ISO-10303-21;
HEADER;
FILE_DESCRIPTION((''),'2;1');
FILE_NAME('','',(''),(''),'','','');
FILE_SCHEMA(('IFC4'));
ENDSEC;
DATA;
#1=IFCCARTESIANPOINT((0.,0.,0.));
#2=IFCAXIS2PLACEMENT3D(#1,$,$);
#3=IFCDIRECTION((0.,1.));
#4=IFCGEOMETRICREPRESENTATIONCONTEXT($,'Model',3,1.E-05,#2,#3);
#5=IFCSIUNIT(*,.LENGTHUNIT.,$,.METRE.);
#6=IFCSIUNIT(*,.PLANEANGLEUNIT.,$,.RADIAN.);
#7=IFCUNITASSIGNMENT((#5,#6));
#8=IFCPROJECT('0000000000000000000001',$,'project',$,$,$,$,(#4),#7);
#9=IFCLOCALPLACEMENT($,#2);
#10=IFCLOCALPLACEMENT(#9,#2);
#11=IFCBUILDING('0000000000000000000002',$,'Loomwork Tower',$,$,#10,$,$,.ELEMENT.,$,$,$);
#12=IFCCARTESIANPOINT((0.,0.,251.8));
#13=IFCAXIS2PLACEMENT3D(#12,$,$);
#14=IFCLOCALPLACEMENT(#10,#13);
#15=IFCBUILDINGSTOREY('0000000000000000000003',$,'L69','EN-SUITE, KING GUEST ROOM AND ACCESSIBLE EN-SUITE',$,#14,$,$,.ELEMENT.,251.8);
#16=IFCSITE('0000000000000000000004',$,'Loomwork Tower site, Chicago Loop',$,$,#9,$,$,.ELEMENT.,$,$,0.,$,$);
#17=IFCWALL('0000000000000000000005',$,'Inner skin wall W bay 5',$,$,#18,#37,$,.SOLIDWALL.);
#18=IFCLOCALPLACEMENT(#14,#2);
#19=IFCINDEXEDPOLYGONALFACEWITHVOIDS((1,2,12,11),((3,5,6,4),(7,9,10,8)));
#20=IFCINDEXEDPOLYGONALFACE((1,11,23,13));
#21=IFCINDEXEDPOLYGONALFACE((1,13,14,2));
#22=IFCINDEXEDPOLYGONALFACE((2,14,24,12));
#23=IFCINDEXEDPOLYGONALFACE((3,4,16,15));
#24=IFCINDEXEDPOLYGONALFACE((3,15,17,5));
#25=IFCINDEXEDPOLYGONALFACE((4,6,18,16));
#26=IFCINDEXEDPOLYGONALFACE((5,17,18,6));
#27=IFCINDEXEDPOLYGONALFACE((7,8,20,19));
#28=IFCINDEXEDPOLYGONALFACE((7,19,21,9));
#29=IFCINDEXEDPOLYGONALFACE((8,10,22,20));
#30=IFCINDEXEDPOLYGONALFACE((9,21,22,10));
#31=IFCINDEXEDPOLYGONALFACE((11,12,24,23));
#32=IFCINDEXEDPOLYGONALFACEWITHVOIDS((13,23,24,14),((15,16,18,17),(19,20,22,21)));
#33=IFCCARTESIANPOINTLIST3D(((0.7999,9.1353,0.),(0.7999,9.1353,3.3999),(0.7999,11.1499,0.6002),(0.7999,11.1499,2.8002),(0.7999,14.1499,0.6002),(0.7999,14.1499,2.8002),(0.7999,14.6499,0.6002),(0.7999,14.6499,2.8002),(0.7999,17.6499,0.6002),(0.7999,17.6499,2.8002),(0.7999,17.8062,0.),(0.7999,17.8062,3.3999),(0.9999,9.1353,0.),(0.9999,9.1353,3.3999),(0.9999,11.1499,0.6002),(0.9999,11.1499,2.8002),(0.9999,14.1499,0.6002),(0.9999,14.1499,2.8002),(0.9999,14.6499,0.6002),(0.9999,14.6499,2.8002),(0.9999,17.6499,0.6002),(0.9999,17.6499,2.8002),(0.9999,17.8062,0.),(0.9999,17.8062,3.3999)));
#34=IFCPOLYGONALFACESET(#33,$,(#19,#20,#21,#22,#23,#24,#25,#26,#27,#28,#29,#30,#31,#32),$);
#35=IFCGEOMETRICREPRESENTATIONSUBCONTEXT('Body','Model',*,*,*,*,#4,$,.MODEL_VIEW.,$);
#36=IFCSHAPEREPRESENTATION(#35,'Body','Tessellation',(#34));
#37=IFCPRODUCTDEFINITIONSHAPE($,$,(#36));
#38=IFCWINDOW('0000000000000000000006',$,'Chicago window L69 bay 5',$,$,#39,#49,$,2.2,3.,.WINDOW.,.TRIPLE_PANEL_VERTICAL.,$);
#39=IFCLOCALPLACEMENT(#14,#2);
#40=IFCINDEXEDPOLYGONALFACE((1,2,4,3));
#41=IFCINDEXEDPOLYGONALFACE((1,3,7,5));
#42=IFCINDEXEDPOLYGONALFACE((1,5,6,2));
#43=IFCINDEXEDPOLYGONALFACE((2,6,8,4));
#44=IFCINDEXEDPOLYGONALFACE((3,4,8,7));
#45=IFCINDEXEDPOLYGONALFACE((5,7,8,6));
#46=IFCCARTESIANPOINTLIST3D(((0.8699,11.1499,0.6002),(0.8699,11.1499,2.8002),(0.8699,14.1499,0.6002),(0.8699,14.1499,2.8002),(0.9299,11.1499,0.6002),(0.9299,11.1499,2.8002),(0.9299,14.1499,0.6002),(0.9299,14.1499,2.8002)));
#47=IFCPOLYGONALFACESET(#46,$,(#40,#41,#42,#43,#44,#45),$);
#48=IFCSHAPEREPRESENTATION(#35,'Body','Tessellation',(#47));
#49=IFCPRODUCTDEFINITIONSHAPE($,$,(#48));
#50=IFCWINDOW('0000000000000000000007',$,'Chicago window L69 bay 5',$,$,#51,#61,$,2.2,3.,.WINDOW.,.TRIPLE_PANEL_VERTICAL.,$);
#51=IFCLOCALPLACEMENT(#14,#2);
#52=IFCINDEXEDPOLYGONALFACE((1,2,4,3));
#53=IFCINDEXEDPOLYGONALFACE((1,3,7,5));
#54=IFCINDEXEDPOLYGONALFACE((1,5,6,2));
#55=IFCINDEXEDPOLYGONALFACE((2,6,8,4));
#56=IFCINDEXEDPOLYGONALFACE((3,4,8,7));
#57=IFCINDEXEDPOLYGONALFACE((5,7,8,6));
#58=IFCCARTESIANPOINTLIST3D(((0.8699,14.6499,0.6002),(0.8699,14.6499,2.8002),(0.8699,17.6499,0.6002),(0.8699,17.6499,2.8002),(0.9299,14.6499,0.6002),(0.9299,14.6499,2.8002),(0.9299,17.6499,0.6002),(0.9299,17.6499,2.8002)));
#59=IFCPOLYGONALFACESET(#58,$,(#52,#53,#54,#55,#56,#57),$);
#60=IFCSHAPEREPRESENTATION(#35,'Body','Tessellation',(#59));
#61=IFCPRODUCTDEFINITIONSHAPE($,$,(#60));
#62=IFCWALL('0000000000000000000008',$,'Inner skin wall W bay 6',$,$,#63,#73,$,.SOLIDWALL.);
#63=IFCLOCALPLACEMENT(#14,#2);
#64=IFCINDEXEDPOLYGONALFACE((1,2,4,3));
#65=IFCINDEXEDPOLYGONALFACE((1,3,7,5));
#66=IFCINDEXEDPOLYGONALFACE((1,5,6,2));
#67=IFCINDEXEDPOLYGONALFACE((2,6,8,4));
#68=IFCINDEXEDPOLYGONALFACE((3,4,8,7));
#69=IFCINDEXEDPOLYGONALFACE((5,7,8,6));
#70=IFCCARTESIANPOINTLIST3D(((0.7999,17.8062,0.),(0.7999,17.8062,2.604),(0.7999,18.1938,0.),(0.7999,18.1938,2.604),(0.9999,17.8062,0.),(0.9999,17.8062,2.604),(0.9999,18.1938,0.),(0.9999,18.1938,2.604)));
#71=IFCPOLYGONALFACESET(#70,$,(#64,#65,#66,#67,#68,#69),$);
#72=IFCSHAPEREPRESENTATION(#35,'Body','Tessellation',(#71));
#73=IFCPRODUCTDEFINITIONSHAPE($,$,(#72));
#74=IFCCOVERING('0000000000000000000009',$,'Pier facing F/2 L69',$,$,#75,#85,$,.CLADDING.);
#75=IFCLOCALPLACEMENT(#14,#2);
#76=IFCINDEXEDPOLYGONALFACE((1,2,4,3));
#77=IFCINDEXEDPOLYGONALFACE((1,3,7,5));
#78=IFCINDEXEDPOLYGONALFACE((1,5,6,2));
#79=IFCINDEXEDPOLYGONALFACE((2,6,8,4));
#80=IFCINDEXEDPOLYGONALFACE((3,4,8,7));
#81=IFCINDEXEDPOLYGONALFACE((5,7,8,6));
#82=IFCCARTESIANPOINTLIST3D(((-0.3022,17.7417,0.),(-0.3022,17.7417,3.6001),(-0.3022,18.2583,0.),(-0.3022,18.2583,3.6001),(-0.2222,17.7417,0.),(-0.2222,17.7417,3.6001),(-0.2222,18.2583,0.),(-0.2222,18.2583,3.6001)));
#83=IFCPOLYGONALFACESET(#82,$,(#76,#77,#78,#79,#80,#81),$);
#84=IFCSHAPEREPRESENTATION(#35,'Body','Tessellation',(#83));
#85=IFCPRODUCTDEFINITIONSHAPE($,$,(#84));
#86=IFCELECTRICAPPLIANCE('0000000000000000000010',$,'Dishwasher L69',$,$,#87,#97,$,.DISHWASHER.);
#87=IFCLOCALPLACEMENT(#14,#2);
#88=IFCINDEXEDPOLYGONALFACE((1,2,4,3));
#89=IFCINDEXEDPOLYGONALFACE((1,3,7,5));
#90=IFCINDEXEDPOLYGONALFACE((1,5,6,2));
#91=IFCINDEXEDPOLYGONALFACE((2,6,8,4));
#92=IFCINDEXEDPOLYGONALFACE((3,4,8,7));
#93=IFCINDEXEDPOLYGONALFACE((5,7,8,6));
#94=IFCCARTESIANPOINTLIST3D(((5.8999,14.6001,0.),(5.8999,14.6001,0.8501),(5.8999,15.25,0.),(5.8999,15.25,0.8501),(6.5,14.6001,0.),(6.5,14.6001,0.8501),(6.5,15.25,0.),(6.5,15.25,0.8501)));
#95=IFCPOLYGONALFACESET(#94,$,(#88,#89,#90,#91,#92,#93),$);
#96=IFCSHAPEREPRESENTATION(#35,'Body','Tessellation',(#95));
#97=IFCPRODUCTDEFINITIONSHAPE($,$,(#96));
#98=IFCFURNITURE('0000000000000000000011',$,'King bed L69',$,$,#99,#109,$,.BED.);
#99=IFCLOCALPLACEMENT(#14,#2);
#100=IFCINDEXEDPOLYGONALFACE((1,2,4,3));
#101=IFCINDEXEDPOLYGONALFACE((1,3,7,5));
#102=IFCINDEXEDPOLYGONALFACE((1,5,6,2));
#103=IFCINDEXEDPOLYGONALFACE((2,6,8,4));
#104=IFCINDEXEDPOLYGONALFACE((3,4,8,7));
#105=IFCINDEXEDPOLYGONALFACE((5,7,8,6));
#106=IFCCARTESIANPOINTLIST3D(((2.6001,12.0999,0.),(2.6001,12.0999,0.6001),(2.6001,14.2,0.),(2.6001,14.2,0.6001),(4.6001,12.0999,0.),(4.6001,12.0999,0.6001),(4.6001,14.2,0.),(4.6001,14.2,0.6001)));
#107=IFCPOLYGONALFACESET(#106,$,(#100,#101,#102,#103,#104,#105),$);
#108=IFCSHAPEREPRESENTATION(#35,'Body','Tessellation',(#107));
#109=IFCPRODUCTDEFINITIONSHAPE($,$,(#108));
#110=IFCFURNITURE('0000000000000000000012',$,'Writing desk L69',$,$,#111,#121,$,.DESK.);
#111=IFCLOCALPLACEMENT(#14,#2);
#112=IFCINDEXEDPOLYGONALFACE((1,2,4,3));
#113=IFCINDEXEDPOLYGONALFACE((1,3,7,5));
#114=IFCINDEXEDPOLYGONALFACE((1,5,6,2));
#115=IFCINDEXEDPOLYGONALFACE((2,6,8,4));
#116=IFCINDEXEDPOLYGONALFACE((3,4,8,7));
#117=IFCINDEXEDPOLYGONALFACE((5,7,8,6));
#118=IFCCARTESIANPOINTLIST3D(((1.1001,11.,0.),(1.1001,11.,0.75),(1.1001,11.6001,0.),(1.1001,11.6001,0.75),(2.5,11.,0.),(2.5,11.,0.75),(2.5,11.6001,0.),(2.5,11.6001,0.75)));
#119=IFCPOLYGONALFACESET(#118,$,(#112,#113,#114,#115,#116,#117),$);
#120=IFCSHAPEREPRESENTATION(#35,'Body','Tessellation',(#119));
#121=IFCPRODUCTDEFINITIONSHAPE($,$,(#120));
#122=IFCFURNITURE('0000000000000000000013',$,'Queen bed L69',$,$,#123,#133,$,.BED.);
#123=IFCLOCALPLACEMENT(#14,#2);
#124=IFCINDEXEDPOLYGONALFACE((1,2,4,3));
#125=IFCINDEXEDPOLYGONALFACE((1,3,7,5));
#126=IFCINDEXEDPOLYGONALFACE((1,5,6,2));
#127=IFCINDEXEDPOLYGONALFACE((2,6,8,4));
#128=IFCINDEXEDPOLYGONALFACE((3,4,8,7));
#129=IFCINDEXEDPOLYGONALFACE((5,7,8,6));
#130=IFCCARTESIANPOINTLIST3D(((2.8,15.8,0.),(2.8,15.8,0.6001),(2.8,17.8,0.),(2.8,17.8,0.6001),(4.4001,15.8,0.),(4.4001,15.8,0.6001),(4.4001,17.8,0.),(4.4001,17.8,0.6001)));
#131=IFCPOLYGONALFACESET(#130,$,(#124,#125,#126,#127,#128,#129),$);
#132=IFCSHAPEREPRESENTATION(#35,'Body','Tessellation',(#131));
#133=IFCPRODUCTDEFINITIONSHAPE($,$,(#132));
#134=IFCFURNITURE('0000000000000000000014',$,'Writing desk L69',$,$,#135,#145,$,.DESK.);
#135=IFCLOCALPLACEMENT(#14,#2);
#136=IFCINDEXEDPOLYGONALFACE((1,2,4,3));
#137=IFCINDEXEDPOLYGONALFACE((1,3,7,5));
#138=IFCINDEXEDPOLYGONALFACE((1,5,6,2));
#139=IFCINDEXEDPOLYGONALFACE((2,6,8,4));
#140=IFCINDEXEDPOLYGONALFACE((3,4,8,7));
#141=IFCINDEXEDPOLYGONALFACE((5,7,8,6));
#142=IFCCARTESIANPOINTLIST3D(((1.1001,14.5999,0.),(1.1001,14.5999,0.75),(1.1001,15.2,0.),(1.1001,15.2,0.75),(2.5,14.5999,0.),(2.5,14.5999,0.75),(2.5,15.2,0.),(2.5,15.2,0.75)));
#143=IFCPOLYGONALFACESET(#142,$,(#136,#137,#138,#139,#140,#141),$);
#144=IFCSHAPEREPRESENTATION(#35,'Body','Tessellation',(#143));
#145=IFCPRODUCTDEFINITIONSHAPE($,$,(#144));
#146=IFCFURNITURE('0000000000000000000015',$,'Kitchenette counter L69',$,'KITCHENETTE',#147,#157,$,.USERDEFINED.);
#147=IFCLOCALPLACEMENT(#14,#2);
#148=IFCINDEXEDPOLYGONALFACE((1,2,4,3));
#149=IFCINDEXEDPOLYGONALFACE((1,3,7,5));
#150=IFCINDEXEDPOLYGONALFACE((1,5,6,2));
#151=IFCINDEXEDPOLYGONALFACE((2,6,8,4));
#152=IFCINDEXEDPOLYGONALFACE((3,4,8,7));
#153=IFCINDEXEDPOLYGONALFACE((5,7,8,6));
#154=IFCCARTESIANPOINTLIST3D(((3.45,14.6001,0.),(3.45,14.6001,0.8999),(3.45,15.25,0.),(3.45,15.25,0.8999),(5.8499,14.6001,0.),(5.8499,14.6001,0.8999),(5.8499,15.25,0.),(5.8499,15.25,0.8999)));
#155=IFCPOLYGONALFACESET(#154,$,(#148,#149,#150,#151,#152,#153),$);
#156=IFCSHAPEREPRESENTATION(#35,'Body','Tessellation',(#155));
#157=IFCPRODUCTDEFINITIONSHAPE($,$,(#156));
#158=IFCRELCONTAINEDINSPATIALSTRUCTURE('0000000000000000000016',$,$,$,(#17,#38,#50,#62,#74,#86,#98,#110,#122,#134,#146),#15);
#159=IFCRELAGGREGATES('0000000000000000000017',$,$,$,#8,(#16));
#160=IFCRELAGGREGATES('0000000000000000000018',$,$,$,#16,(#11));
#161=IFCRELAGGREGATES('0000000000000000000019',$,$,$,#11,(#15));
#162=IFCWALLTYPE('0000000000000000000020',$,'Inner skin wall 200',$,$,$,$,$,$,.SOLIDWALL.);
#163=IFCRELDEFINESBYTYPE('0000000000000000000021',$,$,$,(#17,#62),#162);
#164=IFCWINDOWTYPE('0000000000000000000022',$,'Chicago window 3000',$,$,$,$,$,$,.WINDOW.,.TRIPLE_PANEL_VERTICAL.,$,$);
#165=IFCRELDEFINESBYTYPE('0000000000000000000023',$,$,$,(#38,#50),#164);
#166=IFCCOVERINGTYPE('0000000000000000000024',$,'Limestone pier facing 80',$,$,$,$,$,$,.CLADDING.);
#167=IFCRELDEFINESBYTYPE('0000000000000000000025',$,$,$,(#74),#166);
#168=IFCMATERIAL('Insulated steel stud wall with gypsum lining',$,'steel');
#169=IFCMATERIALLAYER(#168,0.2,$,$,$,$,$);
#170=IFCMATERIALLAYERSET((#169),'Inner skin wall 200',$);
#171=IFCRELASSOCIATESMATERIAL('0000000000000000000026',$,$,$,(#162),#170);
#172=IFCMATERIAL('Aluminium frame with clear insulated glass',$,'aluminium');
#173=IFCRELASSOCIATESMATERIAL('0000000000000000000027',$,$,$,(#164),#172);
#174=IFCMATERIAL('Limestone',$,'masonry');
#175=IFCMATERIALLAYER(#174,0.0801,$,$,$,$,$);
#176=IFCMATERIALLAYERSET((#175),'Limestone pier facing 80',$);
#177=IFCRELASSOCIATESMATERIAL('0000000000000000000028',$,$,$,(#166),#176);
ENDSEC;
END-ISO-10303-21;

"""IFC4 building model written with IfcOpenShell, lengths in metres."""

from ifc_helpers import new_model, si_unit, direction, frame, frame_2d, origin, origin_2d, place, context, subcontext, project, spatial, rectangle, extrude, material, layer, layer_set, type_object, element, fill, save


model = new_model("IFC4")

# Units and contexts
model_context = context("Model", 3, precision=1e-05, world=origin(), true_north=direction((0.0, 1.0)))
body_context = subcontext(model_context, "Body", "Model", "MODEL_VIEW")
ifc_project = project(units=[si_unit("LENGTHUNIT", "METRE"), si_unit("PLANEANGLEUNIT", "RADIAN")], contexts=[model_context])

# Site, building, storey
site_placement = place(None, origin())
site = spatial("IfcSite", under=ifc_project, at=site_placement, Name="Loomwork Tower site, Chicago Loop", CompositionType="ELEMENT", RefElevation=0.0)
building_placement = place(site_placement, origin())
building = spatial("IfcBuilding", under=site, at=building_placement, Name="Loomwork Tower", CompositionType="ELEMENT")
storey_placement = place(building_placement, frame((0.0, 0.0, 251.8)))
storey = spatial("IfcBuildingStorey", under=building, at=storey_placement, Name="L69", Description="EN-SUITE, KING GUEST ROOM AND ACCESSIBLE EN-SUITE", CompositionType="ELEMENT", Elevation=251.8)

# Wall, openings, windows
ifc_material_1 = material(Name="Insulated steel stud wall with gypsum lining", Category="steel")
ifc_layer_1 = layer(ifc_material_1, 0.2)
ifc_layer_set_1 = layer_set([ifc_layer_1], Name="Inner skin wall 200")
wall_type_1 = type_object("IfcWallType", Name="Inner skin wall 200", PredefinedType="SOLIDWALL", material=ifc_layer_set_1)
wall_1_placement = place(storey_placement, frame((0.8999, 9.1353, 0.0), z_axis=(0.0, 0.0, 1.0), x_axis=(0.0, 1.0, 0.0)))
wall_1 = element("IfcWall", 1, at=wall_1_placement, inside=storey, type_object=wall_type_1, Name="Inner skin wall W bay 5", PredefinedType="SOLIDWALL", context=body_context, shape_type="SweptSolid", body=[
    extrude(rectangle(XDim=8.6709, YDim=0.2, at=frame_2d((4.3354, 0.0))), origin(), (0.0, 0.0, 1.0), 3.3999),
])
opening_1_placement = place(wall_1_placement, frame((2.0146, 0.0, 0.6001)))
opening_1 = element("IfcOpeningElement", 2, at=opening_1_placement, cuts=wall_1, PredefinedType="OPENING", context=body_context, shape_type="SweptSolid", body=[
    extrude(rectangle(XDim=3.0, YDim=2.2, at=frame_2d((1.5, 1.1001))), frame((0.0, 0.1099, 0.0), z_axis=(0.0, -1.0, 0.0), x_axis=(1.0, 0.0, 0.0)), (0.0, 0.0, 1.0), 0.22),
])
opening_2_placement = place(wall_1_placement, frame((5.5146, 0.0, 0.6001)))
opening_2 = element("IfcOpeningElement", 3, at=opening_2_placement, cuts=wall_1, PredefinedType="OPENING", context=body_context, shape_type="SweptSolid", body=[
    extrude(rectangle(XDim=3.0, YDim=2.2, at=frame_2d((1.5, 1.1001))), frame((0.0, 0.1099, 0.0), z_axis=(0.0, -1.0, 0.0), x_axis=(1.0, 0.0, 0.0)), (0.0, 0.0, 1.0), 0.22),
])
ifc_material_2 = material(Name="Aluminium frame with clear insulated glass", Category="aluminium")
window_type = type_object("IfcWindowType", Name="Chicago window 3000", PartitioningType="TRIPLE_PANEL_VERTICAL", PredefinedType="WINDOW", material=ifc_material_2)
window_1_placement = place(opening_1_placement, origin())
window_1 = element("IfcWindow", 4, at=window_1_placement, inside=storey, type_object=window_type, Name="Chicago window L69 bay 5", OverallHeight=2.2, OverallWidth=3.0, PartitioningType="TRIPLE_PANEL_VERTICAL", PredefinedType="WINDOW", context=body_context, shape_type="SweptSolid", body=[
    extrude(rectangle(XDim=3.0, YDim=2.2, at=frame_2d((1.5, 1.1001))), frame((0.0, 0.03, 0.0), z_axis=(0.0, -1.0, 0.0), x_axis=(1.0, 0.0, 0.0)), (0.0, 0.0, 1.0), 0.0601),
])
fill(opening_1, window_1)
window_2_placement = place(opening_2_placement, origin())
window_2 = element("IfcWindow", 5, at=window_2_placement, inside=storey, type_object=window_type, Name="Chicago window L69 bay 5", OverallHeight=2.2, OverallWidth=3.0, PartitioningType="TRIPLE_PANEL_VERTICAL", PredefinedType="WINDOW", context=body_context, shape_type="SweptSolid", body=[
    extrude(rectangle(XDim=3.0, YDim=2.2, at=frame_2d((1.5, 1.1001))), frame((0.0, 0.03, 0.0), z_axis=(0.0, -1.0, 0.0), x_axis=(1.0, 0.0, 0.0)), (0.0, 0.0, 1.0), 0.0601),
])
fill(opening_2, window_2)

# Wall
wall_2_placement = place(storey_placement, frame((0.8999, 17.8062, 0.0), z_axis=(0.0, 0.0, 1.0), x_axis=(0.0, 1.0, 0.0)))
element("IfcWall", 6, at=wall_2_placement, inside=storey, type_object=wall_type_1, Name="Inner skin wall W bay 6", PredefinedType="SOLIDWALL", context=body_context, shape_type="SweptSolid", body=[
    extrude(rectangle(XDim=0.3877, YDim=0.2, at=frame_2d((0.1938, 0.0))), origin(), (0.0, 0.0, 1.0), 2.604),
])

# Covering
ifc_material_3 = material(Name="Limestone", Category="masonry")
ifc_layer_2 = layer(ifc_material_3, 0.0801)
ifc_layer_set_2 = layer_set([ifc_layer_2], Name="Limestone pier facing 80")
covering_type = type_object("IfcCoveringType", Name="Limestone pier facing 80", PredefinedType="CLADDING", material=ifc_layer_set_2)
covering_placement = place(storey_placement, frame((-0.2622, 18.0, 0.0), z_axis=(0.0, 0.0, 1.0), x_axis=(1.0, 0.0, 0.0)))
element("IfcCovering", 7, at=covering_placement, inside=storey, type_object=covering_type, Name="Pier facing F/2 L69", PredefinedType="CLADDING", context=body_context, shape_type="SweptSolid", body=[
    extrude(rectangle(XDim=0.0801, YDim=0.5166, at=origin_2d()), origin(), (0.0, 0.0, 1.0), 3.6001),
])

# Electric appliance
electric_appliance_placement = place(storey_placement, frame((6.2, 14.925, 0.0), z_axis=(0.0, 0.0, 1.0), x_axis=(1.0, 0.0, 0.0)))
element("IfcElectricAppliance", 8, at=electric_appliance_placement, inside=storey, Name="Dishwasher L69", PredefinedType="DISHWASHER", context=body_context, shape_type="SweptSolid", body=[
    extrude(rectangle(XDim=0.6001, YDim=0.6499, at=origin_2d()), origin(), (0.0, 0.0, 1.0), 0.8501),
])

# Furniture
furniture_1_placement = place(storey_placement, frame((3.6001, 13.1499, 0.0), z_axis=(0.0, 0.0, 1.0), x_axis=(1.0, 0.0, 0.0)))
element("IfcFurniture", 9, at=furniture_1_placement, inside=storey, Name="King bed L69", PredefinedType="BED", context=body_context, shape_type="SweptSolid", body=[
    extrude(rectangle(XDim=2.0, YDim=2.1001, at=origin_2d()), origin(), (0.0, 0.0, 1.0), 0.6001),
])
furniture_2_placement = place(storey_placement, frame((1.8, 11.3, 0.0), z_axis=(0.0, 0.0, 1.0), x_axis=(1.0, 0.0, 0.0)))
element("IfcFurniture", 10, at=furniture_2_placement, inside=storey, Name="Writing desk L69", PredefinedType="DESK", context=body_context, shape_type="SweptSolid", body=[
    extrude(rectangle(XDim=1.3999, YDim=0.6001, at=origin_2d()), origin(), (0.0, 0.0, 1.0), 0.75),
])
furniture_3_placement = place(storey_placement, frame((3.6001, 16.8, 0.0), z_axis=(0.0, 0.0, 1.0), x_axis=(1.0, 0.0, 0.0)))
element("IfcFurniture", 11, at=furniture_3_placement, inside=storey, Name="Queen bed L69", PredefinedType="BED", context=body_context, shape_type="SweptSolid", body=[
    extrude(rectangle(XDim=1.6001, YDim=2.0, at=origin_2d()), origin(), (0.0, 0.0, 1.0), 0.6001),
])
furniture_4_placement = place(storey_placement, frame((1.8, 14.8999, 0.0), z_axis=(0.0, 0.0, 1.0), x_axis=(1.0, 0.0, 0.0)))
element("IfcFurniture", 12, at=furniture_4_placement, inside=storey, Name="Writing desk L69", PredefinedType="DESK", context=body_context, shape_type="SweptSolid", body=[
    extrude(rectangle(XDim=1.3999, YDim=0.6001, at=origin_2d()), origin(), (0.0, 0.0, 1.0), 0.75),
])
furniture_5_placement = place(storey_placement, frame((4.6499, 14.925, 0.0), z_axis=(0.0, 0.0, 1.0), x_axis=(1.0, 0.0, 0.0)))
element("IfcFurniture", 13, at=furniture_5_placement, inside=storey, Name="Kitchenette counter L69", ObjectType="KITCHENETTE", PredefinedType="USERDEFINED", context=body_context, shape_type="SweptSolid", body=[
    extrude(rectangle(XDim=2.3999, YDim=0.6499, at=origin_2d()), origin(), (0.0, 0.0, 1.0), 0.8999),
])

save(model, "model.ifc")
